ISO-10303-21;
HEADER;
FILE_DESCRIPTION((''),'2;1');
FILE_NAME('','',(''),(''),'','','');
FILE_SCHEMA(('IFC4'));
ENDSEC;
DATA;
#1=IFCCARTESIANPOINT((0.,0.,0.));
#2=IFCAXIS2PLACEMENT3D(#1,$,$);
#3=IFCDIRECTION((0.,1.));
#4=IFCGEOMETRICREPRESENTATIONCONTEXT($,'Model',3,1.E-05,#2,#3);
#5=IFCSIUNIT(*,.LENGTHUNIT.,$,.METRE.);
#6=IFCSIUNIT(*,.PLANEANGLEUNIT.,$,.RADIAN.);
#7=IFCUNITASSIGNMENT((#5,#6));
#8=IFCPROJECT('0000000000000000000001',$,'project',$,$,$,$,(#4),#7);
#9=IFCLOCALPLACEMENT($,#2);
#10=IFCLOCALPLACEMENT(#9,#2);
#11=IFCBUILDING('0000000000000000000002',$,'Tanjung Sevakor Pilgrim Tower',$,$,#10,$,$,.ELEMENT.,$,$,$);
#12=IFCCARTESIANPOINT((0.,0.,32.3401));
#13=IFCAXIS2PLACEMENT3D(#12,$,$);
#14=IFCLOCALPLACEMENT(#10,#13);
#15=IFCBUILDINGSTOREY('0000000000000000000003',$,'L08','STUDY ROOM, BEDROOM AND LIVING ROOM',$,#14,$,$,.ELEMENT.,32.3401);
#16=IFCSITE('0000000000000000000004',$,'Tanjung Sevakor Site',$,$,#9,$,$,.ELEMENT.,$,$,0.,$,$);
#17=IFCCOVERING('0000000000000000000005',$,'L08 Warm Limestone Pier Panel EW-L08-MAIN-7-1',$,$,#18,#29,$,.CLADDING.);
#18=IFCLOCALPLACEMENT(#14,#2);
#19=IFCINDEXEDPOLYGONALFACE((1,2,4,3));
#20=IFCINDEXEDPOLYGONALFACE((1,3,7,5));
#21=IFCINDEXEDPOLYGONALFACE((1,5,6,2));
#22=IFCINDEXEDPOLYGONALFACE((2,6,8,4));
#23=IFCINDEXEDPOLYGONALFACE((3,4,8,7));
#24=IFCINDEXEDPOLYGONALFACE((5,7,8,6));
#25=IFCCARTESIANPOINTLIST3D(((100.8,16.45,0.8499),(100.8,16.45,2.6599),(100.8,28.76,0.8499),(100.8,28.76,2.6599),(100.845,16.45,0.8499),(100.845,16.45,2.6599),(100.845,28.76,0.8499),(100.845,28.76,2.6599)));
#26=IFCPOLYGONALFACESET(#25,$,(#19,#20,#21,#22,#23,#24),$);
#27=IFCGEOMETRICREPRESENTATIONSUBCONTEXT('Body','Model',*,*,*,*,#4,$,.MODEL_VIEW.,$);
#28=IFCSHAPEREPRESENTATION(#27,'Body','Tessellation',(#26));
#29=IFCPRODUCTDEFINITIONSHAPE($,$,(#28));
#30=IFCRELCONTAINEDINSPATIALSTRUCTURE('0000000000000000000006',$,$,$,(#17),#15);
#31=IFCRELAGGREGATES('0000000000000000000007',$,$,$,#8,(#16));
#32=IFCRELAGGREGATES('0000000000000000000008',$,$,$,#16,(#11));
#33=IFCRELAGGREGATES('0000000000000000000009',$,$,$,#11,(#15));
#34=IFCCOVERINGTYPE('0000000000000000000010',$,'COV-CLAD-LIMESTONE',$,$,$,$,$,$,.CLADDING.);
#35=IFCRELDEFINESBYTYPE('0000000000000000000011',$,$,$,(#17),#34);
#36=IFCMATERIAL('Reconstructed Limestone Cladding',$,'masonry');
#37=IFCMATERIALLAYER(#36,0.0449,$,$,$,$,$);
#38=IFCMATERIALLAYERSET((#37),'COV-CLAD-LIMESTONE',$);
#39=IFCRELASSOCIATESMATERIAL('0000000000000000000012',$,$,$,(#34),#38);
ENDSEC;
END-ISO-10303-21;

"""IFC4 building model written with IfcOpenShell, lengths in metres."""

from ifc_helpers import new_model, si_unit, direction, frame, origin, origin_2d, place, context, subcontext, project, spatial, rectangle, extrude, material, layer, layer_set, type_object, element, save


model = new_model("IFC4")

# Units and contexts
model_context = context("Model", 3, precision=1e-05, world=origin(), true_north=direction((0.0, 1.0)))
body_context = subcontext(model_context, "Body", "Model", "MODEL_VIEW")
ifc_project = project(units=[si_unit("LENGTHUNIT", "METRE"), si_unit("PLANEANGLEUNIT", "RADIAN")], contexts=[model_context])

# Site, building, storey
site_placement = place(None, origin())
site = spatial("IfcSite", under=ifc_project, at=site_placement, Name="Tanjung Sevakor Site", CompositionType="ELEMENT", RefElevation=0.0)
building_placement = place(site_placement, origin())
building = spatial("IfcBuilding", under=site, at=building_placement, Name="Tanjung Sevakor Pilgrim Tower", CompositionType="ELEMENT")
storey_placement = place(building_placement, frame((0.0, 0.0, 32.3401)))
storey = spatial("IfcBuildingStorey", under=building, at=storey_placement, Name="L08", Description="STUDY ROOM, BEDROOM AND LIVING ROOM", CompositionType="ELEMENT", Elevation=32.3401)

# Covering
ifc_material_1 = material(Name="Reconstructed Limestone Cladding", Category="masonry")
ifc_layer_1 = layer(ifc_material_1, 0.0449)
ifc_layer_set_1 = layer_set([ifc_layer_1], Name="COV-CLAD-LIMESTONE")
covering_type = type_object("IfcCoveringType", Name="COV-CLAD-LIMESTONE", PredefinedType="CLADDING", material=ifc_layer_set_1)
covering_placement = place(storey_placement, frame((100.8225, 22.605, 0.8499), z_axis=(0.0, 0.0, 1.0), x_axis=(0.0, 1.0, 0.0)))
element("IfcCovering", 1, at=covering_placement, inside=storey, type_object=covering_type, Name="L08 Warm Limestone Pier Panel EW-L08-MAIN-7-1", PredefinedType="CLADDING", context=body_context, shape_type="SweptSolid", body=[
    extrude(rectangle(XDim=12.3101, YDim=0.0449, at=origin_2d()), origin(), (0.0, 0.0, 1.0), 1.8101),
])

save(model, "model.ifc")
